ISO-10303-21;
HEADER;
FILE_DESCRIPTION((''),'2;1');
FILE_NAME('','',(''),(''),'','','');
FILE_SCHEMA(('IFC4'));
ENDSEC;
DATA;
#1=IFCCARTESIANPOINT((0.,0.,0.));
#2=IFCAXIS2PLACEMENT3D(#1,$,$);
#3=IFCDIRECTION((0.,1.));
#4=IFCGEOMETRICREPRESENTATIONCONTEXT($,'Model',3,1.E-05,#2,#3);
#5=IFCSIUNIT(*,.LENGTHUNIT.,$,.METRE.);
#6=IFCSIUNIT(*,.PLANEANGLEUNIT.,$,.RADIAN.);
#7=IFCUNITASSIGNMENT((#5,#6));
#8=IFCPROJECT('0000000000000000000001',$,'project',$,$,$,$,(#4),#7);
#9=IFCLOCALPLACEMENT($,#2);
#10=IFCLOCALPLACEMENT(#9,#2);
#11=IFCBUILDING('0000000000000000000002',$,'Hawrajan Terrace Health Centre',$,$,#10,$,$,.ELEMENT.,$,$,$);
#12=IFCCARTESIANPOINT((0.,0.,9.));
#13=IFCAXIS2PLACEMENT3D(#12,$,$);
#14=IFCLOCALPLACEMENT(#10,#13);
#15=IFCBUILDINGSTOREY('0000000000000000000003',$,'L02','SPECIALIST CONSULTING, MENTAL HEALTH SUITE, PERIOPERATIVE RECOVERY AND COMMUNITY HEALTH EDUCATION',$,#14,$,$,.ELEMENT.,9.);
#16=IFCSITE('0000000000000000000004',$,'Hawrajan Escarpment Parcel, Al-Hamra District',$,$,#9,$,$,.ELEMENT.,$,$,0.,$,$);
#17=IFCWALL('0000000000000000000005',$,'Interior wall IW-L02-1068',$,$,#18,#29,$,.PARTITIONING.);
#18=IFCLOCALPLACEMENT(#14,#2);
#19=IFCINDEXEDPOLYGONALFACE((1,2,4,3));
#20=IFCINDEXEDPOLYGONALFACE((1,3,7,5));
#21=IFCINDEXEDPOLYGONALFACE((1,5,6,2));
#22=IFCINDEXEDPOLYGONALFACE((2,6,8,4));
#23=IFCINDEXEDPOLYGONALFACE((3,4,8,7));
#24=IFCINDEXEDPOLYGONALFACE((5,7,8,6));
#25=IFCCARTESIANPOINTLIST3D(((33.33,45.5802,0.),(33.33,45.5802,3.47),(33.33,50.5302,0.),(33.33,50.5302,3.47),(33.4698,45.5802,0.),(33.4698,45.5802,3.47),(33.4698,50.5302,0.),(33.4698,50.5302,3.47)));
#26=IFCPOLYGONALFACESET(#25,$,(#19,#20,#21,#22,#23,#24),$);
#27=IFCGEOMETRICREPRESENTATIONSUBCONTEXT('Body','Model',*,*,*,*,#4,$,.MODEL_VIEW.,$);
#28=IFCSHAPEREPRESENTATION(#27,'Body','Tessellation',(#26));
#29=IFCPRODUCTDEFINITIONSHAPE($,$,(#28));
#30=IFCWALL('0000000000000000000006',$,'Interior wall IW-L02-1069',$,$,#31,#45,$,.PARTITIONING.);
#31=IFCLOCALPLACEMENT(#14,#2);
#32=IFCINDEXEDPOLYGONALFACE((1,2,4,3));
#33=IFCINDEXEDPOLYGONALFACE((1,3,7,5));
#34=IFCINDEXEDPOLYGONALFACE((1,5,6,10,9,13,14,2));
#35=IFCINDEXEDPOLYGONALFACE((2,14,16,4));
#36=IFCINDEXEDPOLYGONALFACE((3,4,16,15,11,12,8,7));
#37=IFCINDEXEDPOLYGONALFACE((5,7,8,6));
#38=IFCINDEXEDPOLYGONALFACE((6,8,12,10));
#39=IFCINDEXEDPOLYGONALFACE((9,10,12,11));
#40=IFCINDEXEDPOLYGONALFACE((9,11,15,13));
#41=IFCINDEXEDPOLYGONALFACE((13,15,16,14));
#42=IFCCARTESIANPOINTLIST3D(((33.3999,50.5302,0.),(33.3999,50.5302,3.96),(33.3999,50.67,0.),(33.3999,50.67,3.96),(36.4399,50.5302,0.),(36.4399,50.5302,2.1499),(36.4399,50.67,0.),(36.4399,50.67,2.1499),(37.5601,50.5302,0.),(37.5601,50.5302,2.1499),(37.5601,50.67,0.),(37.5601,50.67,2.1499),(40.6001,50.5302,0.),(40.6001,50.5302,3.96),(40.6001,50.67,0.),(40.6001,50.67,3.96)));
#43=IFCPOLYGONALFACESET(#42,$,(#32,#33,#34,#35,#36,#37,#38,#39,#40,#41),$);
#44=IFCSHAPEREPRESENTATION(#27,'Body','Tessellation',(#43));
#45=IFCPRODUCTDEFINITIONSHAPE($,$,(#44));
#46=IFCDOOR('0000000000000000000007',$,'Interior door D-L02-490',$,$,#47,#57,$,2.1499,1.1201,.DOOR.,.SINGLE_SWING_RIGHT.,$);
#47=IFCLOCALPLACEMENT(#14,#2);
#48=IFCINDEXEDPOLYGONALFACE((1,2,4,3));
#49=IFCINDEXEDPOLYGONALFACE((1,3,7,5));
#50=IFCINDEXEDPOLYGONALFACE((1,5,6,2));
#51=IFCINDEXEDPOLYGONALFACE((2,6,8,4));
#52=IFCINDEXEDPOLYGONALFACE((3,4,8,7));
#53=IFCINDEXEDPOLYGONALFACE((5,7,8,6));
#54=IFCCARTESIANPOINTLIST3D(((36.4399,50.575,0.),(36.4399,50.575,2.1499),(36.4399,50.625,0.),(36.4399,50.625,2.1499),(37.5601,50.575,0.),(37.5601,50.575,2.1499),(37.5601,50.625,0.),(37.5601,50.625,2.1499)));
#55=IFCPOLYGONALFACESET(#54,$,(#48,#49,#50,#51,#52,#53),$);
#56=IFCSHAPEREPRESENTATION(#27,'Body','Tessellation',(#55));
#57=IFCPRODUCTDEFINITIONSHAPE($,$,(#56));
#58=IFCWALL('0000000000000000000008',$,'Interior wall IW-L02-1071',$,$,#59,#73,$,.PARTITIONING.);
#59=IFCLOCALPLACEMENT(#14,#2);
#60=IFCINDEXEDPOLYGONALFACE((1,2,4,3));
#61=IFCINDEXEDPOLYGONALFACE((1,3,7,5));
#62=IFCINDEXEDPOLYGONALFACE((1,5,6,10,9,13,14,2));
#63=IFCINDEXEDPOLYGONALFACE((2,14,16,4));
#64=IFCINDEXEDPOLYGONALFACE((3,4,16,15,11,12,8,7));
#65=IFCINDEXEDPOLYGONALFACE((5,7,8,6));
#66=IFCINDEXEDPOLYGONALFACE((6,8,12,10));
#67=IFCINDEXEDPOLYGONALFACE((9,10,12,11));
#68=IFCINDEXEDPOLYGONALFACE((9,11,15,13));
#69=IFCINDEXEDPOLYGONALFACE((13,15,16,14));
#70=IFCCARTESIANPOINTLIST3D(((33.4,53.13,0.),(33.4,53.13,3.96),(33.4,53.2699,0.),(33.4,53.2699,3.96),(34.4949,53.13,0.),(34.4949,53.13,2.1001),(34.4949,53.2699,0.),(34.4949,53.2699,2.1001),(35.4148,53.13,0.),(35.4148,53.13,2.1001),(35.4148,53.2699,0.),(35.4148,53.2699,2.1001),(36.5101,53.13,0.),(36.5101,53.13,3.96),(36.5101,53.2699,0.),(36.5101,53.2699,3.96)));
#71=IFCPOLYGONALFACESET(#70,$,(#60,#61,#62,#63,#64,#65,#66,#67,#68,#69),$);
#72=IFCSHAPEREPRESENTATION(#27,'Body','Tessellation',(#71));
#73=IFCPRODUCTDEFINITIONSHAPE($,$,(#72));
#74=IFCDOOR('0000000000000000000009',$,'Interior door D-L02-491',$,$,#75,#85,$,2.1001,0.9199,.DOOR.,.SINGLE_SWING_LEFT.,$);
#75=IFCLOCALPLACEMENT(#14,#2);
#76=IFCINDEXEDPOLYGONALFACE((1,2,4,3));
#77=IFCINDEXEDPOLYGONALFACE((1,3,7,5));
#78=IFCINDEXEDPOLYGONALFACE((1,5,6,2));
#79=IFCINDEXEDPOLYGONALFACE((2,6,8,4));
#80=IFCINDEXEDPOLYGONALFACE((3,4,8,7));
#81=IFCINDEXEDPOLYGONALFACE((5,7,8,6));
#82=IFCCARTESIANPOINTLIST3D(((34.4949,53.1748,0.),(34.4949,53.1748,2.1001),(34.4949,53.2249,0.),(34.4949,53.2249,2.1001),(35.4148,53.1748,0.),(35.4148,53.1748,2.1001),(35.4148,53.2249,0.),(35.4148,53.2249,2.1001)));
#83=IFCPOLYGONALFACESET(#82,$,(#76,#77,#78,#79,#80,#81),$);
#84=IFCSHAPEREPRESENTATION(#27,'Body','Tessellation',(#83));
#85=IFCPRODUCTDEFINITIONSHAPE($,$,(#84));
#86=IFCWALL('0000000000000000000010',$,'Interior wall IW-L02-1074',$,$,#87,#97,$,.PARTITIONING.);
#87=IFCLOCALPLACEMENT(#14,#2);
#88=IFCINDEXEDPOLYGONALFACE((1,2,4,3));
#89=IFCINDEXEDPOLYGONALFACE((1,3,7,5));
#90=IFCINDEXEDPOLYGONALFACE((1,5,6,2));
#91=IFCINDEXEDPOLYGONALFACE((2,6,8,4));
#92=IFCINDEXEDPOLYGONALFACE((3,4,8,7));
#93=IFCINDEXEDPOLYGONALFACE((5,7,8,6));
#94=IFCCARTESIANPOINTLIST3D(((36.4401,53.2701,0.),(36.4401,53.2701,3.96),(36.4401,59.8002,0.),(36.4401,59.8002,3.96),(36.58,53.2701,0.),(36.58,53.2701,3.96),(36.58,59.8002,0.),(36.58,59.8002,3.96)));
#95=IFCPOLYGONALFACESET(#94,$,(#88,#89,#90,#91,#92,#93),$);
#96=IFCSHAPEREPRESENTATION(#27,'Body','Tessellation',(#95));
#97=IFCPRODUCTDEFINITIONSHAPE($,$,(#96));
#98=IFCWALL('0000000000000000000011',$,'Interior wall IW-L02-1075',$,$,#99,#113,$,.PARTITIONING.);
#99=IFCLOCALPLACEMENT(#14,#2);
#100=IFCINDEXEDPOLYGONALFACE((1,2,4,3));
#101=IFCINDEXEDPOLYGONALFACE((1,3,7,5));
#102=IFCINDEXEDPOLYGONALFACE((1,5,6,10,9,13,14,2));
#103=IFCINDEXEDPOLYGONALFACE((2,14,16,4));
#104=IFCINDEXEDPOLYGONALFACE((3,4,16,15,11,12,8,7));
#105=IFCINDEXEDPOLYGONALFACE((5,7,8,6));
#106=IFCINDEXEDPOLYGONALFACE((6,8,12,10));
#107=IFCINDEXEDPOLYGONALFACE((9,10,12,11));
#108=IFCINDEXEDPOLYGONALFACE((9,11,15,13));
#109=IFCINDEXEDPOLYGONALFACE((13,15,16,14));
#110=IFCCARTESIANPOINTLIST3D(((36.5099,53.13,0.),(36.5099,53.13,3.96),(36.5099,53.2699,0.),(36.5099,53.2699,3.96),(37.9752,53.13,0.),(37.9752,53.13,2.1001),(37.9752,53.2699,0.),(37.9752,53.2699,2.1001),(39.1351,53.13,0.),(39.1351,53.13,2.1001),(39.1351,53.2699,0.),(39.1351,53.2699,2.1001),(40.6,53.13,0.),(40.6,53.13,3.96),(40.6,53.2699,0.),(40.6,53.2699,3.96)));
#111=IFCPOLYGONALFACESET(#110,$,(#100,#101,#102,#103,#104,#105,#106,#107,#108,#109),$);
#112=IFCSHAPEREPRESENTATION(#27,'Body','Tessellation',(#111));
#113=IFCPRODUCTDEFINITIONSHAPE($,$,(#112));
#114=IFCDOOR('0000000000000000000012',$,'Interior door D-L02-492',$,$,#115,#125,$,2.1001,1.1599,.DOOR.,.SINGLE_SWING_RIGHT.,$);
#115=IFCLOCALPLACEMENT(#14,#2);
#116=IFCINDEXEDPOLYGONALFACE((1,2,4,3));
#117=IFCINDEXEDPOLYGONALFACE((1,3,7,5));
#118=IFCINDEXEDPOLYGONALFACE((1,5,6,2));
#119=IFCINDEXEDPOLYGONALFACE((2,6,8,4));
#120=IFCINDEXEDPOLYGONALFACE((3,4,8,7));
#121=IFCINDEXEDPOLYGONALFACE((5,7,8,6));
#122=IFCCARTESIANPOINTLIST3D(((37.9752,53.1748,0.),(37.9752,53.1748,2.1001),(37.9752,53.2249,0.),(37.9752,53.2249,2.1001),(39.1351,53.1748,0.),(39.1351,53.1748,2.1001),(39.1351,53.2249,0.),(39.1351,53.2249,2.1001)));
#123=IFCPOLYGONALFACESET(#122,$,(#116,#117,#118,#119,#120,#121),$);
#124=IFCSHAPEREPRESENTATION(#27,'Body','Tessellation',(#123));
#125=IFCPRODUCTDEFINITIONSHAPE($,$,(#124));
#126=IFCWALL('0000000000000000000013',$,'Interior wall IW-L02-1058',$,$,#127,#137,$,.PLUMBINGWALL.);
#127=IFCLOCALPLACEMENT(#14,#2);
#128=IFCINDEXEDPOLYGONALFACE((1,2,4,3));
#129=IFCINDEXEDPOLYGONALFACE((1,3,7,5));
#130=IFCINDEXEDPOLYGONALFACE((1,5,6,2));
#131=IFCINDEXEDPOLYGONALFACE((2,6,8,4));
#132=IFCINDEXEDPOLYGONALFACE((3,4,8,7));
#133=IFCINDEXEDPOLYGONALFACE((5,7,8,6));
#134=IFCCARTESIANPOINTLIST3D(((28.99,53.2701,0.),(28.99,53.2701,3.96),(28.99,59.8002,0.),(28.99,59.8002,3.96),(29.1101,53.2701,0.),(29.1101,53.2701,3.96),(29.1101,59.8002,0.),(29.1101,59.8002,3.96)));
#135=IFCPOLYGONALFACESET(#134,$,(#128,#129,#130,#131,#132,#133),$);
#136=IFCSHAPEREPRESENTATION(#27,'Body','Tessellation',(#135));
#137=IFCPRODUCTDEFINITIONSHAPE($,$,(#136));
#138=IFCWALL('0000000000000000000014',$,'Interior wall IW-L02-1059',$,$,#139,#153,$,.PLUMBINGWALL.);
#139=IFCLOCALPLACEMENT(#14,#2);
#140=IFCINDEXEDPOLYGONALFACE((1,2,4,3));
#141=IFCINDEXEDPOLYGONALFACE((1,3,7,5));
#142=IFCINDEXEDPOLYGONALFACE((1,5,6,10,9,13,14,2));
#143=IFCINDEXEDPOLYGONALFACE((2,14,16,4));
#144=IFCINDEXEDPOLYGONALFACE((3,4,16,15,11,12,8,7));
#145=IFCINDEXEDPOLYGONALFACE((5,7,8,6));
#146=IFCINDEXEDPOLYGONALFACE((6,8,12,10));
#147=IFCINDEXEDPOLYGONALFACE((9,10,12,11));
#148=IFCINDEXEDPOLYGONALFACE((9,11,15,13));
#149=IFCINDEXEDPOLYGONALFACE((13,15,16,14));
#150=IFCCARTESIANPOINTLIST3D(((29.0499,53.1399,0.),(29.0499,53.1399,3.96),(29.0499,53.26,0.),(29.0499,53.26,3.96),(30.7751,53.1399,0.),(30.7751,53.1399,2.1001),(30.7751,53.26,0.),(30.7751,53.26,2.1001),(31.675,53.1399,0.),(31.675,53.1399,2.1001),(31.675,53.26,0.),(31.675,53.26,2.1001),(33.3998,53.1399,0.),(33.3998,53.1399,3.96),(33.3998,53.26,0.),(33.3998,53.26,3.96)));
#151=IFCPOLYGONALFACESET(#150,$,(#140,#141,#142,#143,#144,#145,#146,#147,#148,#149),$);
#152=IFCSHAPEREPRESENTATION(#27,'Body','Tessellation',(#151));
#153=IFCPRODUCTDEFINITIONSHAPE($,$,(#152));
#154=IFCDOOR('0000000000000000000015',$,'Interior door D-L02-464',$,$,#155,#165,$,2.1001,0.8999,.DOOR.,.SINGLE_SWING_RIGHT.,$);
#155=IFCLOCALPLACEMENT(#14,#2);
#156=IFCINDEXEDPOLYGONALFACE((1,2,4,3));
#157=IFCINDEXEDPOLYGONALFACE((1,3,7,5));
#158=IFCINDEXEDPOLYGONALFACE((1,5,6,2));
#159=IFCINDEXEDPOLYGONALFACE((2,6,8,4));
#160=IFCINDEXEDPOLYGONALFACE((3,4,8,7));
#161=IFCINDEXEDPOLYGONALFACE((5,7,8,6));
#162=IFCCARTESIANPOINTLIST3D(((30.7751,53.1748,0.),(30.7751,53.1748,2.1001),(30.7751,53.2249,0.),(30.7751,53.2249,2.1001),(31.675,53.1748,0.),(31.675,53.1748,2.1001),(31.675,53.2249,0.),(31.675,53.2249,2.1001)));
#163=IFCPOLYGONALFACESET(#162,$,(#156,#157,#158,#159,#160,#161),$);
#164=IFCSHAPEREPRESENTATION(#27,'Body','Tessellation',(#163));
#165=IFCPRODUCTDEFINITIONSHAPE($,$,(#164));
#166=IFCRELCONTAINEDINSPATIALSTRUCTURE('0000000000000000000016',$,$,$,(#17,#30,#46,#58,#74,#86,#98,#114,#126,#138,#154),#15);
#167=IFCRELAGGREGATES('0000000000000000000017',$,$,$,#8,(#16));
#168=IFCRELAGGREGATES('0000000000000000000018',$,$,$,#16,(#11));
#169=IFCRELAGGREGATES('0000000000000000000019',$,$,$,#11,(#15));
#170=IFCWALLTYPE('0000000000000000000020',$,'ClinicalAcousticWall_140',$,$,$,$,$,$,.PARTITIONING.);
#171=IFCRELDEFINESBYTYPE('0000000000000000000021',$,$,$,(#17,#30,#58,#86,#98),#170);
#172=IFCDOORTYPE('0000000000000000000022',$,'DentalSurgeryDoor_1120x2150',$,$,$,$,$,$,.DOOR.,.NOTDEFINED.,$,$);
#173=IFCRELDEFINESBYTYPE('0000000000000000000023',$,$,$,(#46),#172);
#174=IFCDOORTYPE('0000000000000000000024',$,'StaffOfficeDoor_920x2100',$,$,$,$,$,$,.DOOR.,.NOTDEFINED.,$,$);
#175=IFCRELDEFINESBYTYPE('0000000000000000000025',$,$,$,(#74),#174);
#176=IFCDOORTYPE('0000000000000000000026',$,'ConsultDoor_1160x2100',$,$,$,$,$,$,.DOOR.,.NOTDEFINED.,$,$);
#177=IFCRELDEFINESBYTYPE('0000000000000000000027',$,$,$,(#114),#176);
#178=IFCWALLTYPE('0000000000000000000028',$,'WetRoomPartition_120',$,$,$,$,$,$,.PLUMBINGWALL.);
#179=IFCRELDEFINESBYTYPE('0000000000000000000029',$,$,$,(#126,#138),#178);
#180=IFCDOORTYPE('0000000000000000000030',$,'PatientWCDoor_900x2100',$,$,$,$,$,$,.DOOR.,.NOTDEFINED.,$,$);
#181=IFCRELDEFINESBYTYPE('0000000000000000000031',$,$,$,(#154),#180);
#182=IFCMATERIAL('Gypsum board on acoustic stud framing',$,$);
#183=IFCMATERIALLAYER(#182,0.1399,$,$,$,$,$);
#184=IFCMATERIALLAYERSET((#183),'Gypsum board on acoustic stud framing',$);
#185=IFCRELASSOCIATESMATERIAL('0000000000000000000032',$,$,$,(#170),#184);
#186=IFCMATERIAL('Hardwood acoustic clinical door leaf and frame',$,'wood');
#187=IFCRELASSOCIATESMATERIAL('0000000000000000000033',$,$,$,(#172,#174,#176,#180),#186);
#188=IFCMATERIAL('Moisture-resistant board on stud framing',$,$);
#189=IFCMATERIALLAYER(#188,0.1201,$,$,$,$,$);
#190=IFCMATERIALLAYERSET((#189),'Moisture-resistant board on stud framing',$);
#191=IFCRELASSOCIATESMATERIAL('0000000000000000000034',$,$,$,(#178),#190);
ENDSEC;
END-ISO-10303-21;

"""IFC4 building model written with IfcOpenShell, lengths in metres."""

from ifc_helpers import new_model, si_unit, direction, frame, frame_2d, origin, place, context, subcontext, project, spatial, rectangle, extrude, material, layer, layer_set, type_object, element, fill, save


model = new_model("IFC4")

# Units and contexts
model_context = context("Model", 3, precision=1e-05, world=origin(), true_north=direction((0.0, 1.0)))
body_context = subcontext(model_context, "Body", "Model", "MODEL_VIEW")
ifc_project = project(units=[si_unit("LENGTHUNIT", "METRE"), si_unit("PLANEANGLEUNIT", "RADIAN")], contexts=[model_context])

# Site, building, storey
site_placement = place(None, origin())
site = spatial("IfcSite", under=ifc_project, at=site_placement, Name="Hawrajan Escarpment Parcel, Al-Hamra District", CompositionType="ELEMENT", RefElevation=0.0)
building_placement = place(site_placement, origin())
building = spatial("IfcBuilding", under=site, at=building_placement, Name="Hawrajan Terrace Health Centre", CompositionType="ELEMENT")
storey_placement = place(building_placement, frame((0.0, 0.0, 9.0)))
storey = spatial("IfcBuildingStorey", under=building, at=storey_placement, Name="L02", Description="SPECIALIST CONSULTING, MENTAL HEALTH SUITE, PERIOPERATIVE RECOVERY AND COMMUNITY HEALTH EDUCATION", CompositionType="ELEMENT", Elevation=9.0)

# Shared definitions
ifc_material_1 = material(Name="Gypsum board on acoustic stud framing")
ifc_layer_1 = layer(ifc_material_1, 0.1399)
ifc_layer_set_1 = layer_set([ifc_layer_1], Name="Gypsum board on acoustic stud framing")
wall_type_1 = type_object("IfcWallType", Name="ClinicalAcousticWall_140", PredefinedType="PARTITIONING", material=ifc_layer_set_1)
ifc_material_2 = material(Name="Hardwood acoustic clinical door leaf and frame", Category="wood")

# Wall
wall_1_placement = place(storey_placement, frame((33.3999, 45.5801, 0.0), z_axis=(0.0, 0.0, 1.0), x_axis=(0.0, 1.0, 0.0)))
element("IfcWall", 1, at=wall_1_placement, inside=storey, type_object=wall_type_1, Name="Interior wall IW-L02-1068", PredefinedType="PARTITIONING", context=body_context, shape_type="SweptSolid", body=[
    extrude(rectangle(XDim=4.95, YDim=0.1399, at=frame_2d((2.4751, 0.0))), origin(), (0.0, 0.0, 1.0), 3.47),
])

# Walls, openings, doors
wall_2_placement = place(storey_placement, frame((33.3999, 50.6001, 0.0), z_axis=(0.0, 0.0, 1.0), x_axis=(1.0, 0.0, 0.0)))
wall_2 = element("IfcWall", 2, at=wall_2_placement, inside=storey, type_object=wall_type_1, Name="Interior wall IW-L02-1069", PredefinedType="PARTITIONING", context=body_context, shape_type="SweptSolid", body=[
    extrude(rectangle(XDim=7.2002, YDim=0.1399, at=frame_2d((3.6001, 0.0))), origin(), (0.0, 0.0, 1.0), 3.96),
])
opening_1_placement = place(wall_2_placement, frame((3.04, 0.0, 0.0)))
opening_1 = element("IfcOpeningElement", 3, at=opening_1_placement, cuts=wall_2, PredefinedType="OPENING", context=body_context, shape_type="SweptSolid", body=[
    extrude(rectangle(XDim=1.1201, YDim=2.1499, at=frame_2d((0.5601, 1.075))), frame((0.0, 0.0798, 0.0), z_axis=(0.0, -1.0, 0.0), x_axis=(1.0, 0.0, 0.0)), (0.0, 0.0, 1.0), 0.1599),
])
door_type_1 = type_object("IfcDoorType", Name="DentalSurgeryDoor_1120x2150", OperationType="NOTDEFINED", PredefinedType="DOOR", material=ifc_material_2)
door_1_placement = place(opening_1_placement, origin())
door_1 = element("IfcDoor", 4, at=door_1_placement, inside=storey, type_object=door_type_1, Name="Interior door D-L02-490", OperationType="SINGLE_SWING_RIGHT", OverallHeight=2.1499, OverallWidth=1.1201, PredefinedType="DOOR", context=body_context, shape_type="SweptSolid", body=[
    extrude(rectangle(XDim=1.1201, YDim=2.1499, at=frame_2d((0.5601, 1.075))), frame((0.0, 0.0249, 0.0), z_axis=(0.0, -1.0, 0.0), x_axis=(1.0, 0.0, 0.0)), (0.0, 0.0, 1.0), 0.05),
])
fill(opening_1, door_1)
wall_3_placement = place(storey_placement, frame((33.3999, 53.2, 0.0), z_axis=(0.0, 0.0, 1.0), x_axis=(1.0, 0.0, 0.0)))
wall_3 = element("IfcWall", 5, at=wall_3_placement, inside=storey, type_object=wall_type_1, Name="Interior wall IW-L02-1071", PredefinedType="PARTITIONING", context=body_context, shape_type="SweptSolid", body=[
    extrude(rectangle(XDim=3.1101, YDim=0.1399, at=frame_2d((1.5552, 0.0))), origin(), (0.0, 0.0, 1.0), 3.96),
])
opening_2_placement = place(wall_3_placement, frame((1.095, 0.0, 0.0)))
opening_2 = element("IfcOpeningElement", 6, at=opening_2_placement, cuts=wall_3, PredefinedType="OPENING", context=body_context, shape_type="SweptSolid", body=[
    extrude(rectangle(XDim=0.9199, YDim=2.1001, at=frame_2d((0.46, 1.05))), frame((0.0, 0.0798, 0.0), z_axis=(0.0, -1.0, 0.0), x_axis=(1.0, 0.0, 0.0)), (0.0, 0.0, 1.0), 0.1599),
])
door_type_2 = type_object("IfcDoorType", Name="StaffOfficeDoor_920x2100", OperationType="NOTDEFINED", PredefinedType="DOOR", material=ifc_material_2)
door_2_placement = place(opening_2_placement, origin())
door_2 = element("IfcDoor", 7, at=door_2_placement, inside=storey, type_object=door_type_2, Name="Interior door D-L02-491", OperationType="SINGLE_SWING_LEFT", OverallHeight=2.1001, OverallWidth=0.9199, PredefinedType="DOOR", context=body_context, shape_type="SweptSolid", body=[
    extrude(rectangle(XDim=0.9199, YDim=2.1001, at=frame_2d((0.46, 1.05))), frame((0.0, 0.0249, 0.0), z_axis=(0.0, -1.0, 0.0), x_axis=(1.0, 0.0, 0.0)), (0.0, 0.0, 1.0), 0.05),
])
fill(opening_2, door_2)

# Wall
wall_4_placement = place(storey_placement, frame((36.51, 53.27, 0.0), z_axis=(0.0, 0.0, 1.0), x_axis=(0.0, 1.0, 0.0)))
element("IfcWall", 8, at=wall_4_placement, inside=storey, type_object=wall_type_1, Name="Interior wall IW-L02-1074", PredefinedType="PARTITIONING", context=body_context, shape_type="SweptSolid", body=[
    extrude(rectangle(XDim=6.53, YDim=0.1399, at=frame_2d((3.2651, 0.0))), origin(), (0.0, 0.0, 1.0), 3.96),
])

# Wall, opening, door
wall_5_placement = place(storey_placement, frame((36.51, 53.2, 0.0), z_axis=(0.0, 0.0, 1.0), x_axis=(1.0, 0.0, 0.0)))
wall_5 = element("IfcWall", 9, at=wall_5_placement, inside=storey, type_object=wall_type_1, Name="Interior wall IW-L02-1075", PredefinedType="PARTITIONING", context=body_context, shape_type="SweptSolid", body=[
    extrude(rectangle(XDim=4.0901, YDim=0.1399, at=frame_2d((2.0449, 0.0))), origin(), (0.0, 0.0, 1.0), 3.96),
])
opening_3_placement = place(wall_5_placement, frame((1.4651, 0.0, 0.0)))
opening_3 = element("IfcOpeningElement", 10, at=opening_3_placement, cuts=wall_5, PredefinedType="OPENING", context=body_context, shape_type="SweptSolid", body=[
    extrude(rectangle(XDim=1.1599, YDim=2.1001, at=frame_2d((0.5801, 1.05))), frame((0.0, 0.0798, 0.0), z_axis=(0.0, -1.0, 0.0), x_axis=(1.0, 0.0, 0.0)), (0.0, 0.0, 1.0), 0.1599),
])
door_type_3 = type_object("IfcDoorType", Name="ConsultDoor_1160x2100", OperationType="NOTDEFINED", PredefinedType="DOOR", material=ifc_material_2)
door_3_placement = place(opening_3_placement, origin())
door_3 = element("IfcDoor", 11, at=door_3_placement, inside=storey, type_object=door_type_3, Name="Interior door D-L02-492", OperationType="SINGLE_SWING_RIGHT", OverallHeight=2.1001, OverallWidth=1.1599, PredefinedType="DOOR", context=body_context, shape_type="SweptSolid", body=[
    extrude(rectangle(XDim=1.1599, YDim=2.1001, at=frame_2d((0.5801, 1.05))), frame((0.0, 0.0249, 0.0), z_axis=(0.0, -1.0, 0.0), x_axis=(1.0, 0.0, 0.0)), (0.0, 0.0, 1.0), 0.05),
])
fill(opening_3, door_3)

# Wall
ifc_material_3 = material(Name="Moisture-resistant board on stud framing")
ifc_layer_2 = layer(ifc_material_3, 0.1201)
ifc_layer_set_2 = layer_set([ifc_layer_2], Name="Moisture-resistant board on stud framing")
wall_type_2 = type_object("IfcWallType", Name="WetRoomPartition_120", PredefinedType="PLUMBINGWALL", material=ifc_layer_set_2)
wall_6_placement = place(storey_placement, frame((29.05, 53.27, 0.0), z_axis=(0.0, 0.0, 1.0), x_axis=(0.0, 1.0, 0.0)))
element("IfcWall", 12, at=wall_6_placement, inside=storey, type_object=wall_type_2, Name="Interior wall IW-L02-1058", PredefinedType="PLUMBINGWALL", context=body_context, shape_type="SweptSolid", body=[
    extrude(rectangle(XDim=6.53, YDim=0.1201, at=frame_2d((3.2651, 0.0))), origin(), (0.0, 0.0, 1.0), 3.96),
])

# Wall, opening, door
wall_7_placement = place(storey_placement, frame((29.05, 53.2, 0.0), z_axis=(0.0, 0.0, 1.0), x_axis=(1.0, 0.0, 0.0)))
wall_7 = element("IfcWall", 13, at=wall_7_placement, inside=storey, type_object=wall_type_2, Name="Interior wall IW-L02-1059", PredefinedType="PLUMBINGWALL", context=body_context, shape_type="SweptSolid", body=[
    extrude(rectangle(XDim=4.3499, YDim=0.1201, at=frame_2d((2.1748, 0.0))), origin(), (0.0, 0.0, 1.0), 3.96),
])
opening_4_placement = place(wall_7_placement, frame((1.7251, 0.0, 0.0)))
opening_4 = element("IfcOpeningElement", 14, at=opening_4_placement, cuts=wall_7, PredefinedType="OPENING", context=body_context, shape_type="SweptSolid", body=[
    extrude(rectangle(XDim=0.8999, YDim=2.1001, at=frame_2d((0.45, 1.05))), frame((0.0, 0.0701, 0.0), z_axis=(0.0, -1.0, 0.0), x_axis=(1.0, 0.0, 0.0)), (0.0, 0.0, 1.0), 0.1401),
])
door_type_4 = type_object("IfcDoorType", Name="PatientWCDoor_900x2100", OperationType="NOTDEFINED", PredefinedType="DOOR", material=ifc_material_2)
door_4_placement = place(opening_4_placement, origin())
door_4 = element("IfcDoor", 15, at=door_4_placement, inside=storey, type_object=door_type_4, Name="Interior door D-L02-464", OperationType="SINGLE_SWING_RIGHT", OverallHeight=2.1001, OverallWidth=0.8999, PredefinedType="DOOR", context=body_context, shape_type="SweptSolid", body=[
    extrude(rectangle(XDim=0.8999, YDim=2.1001, at=frame_2d((0.45, 1.05))), frame((0.0, 0.0249, 0.0), z_axis=(0.0, -1.0, 0.0), x_axis=(1.0, 0.0, 0.0)), (0.0, 0.0, 1.0), 0.05),
])
fill(opening_4, door_4)

save(model, "model.ifc")
